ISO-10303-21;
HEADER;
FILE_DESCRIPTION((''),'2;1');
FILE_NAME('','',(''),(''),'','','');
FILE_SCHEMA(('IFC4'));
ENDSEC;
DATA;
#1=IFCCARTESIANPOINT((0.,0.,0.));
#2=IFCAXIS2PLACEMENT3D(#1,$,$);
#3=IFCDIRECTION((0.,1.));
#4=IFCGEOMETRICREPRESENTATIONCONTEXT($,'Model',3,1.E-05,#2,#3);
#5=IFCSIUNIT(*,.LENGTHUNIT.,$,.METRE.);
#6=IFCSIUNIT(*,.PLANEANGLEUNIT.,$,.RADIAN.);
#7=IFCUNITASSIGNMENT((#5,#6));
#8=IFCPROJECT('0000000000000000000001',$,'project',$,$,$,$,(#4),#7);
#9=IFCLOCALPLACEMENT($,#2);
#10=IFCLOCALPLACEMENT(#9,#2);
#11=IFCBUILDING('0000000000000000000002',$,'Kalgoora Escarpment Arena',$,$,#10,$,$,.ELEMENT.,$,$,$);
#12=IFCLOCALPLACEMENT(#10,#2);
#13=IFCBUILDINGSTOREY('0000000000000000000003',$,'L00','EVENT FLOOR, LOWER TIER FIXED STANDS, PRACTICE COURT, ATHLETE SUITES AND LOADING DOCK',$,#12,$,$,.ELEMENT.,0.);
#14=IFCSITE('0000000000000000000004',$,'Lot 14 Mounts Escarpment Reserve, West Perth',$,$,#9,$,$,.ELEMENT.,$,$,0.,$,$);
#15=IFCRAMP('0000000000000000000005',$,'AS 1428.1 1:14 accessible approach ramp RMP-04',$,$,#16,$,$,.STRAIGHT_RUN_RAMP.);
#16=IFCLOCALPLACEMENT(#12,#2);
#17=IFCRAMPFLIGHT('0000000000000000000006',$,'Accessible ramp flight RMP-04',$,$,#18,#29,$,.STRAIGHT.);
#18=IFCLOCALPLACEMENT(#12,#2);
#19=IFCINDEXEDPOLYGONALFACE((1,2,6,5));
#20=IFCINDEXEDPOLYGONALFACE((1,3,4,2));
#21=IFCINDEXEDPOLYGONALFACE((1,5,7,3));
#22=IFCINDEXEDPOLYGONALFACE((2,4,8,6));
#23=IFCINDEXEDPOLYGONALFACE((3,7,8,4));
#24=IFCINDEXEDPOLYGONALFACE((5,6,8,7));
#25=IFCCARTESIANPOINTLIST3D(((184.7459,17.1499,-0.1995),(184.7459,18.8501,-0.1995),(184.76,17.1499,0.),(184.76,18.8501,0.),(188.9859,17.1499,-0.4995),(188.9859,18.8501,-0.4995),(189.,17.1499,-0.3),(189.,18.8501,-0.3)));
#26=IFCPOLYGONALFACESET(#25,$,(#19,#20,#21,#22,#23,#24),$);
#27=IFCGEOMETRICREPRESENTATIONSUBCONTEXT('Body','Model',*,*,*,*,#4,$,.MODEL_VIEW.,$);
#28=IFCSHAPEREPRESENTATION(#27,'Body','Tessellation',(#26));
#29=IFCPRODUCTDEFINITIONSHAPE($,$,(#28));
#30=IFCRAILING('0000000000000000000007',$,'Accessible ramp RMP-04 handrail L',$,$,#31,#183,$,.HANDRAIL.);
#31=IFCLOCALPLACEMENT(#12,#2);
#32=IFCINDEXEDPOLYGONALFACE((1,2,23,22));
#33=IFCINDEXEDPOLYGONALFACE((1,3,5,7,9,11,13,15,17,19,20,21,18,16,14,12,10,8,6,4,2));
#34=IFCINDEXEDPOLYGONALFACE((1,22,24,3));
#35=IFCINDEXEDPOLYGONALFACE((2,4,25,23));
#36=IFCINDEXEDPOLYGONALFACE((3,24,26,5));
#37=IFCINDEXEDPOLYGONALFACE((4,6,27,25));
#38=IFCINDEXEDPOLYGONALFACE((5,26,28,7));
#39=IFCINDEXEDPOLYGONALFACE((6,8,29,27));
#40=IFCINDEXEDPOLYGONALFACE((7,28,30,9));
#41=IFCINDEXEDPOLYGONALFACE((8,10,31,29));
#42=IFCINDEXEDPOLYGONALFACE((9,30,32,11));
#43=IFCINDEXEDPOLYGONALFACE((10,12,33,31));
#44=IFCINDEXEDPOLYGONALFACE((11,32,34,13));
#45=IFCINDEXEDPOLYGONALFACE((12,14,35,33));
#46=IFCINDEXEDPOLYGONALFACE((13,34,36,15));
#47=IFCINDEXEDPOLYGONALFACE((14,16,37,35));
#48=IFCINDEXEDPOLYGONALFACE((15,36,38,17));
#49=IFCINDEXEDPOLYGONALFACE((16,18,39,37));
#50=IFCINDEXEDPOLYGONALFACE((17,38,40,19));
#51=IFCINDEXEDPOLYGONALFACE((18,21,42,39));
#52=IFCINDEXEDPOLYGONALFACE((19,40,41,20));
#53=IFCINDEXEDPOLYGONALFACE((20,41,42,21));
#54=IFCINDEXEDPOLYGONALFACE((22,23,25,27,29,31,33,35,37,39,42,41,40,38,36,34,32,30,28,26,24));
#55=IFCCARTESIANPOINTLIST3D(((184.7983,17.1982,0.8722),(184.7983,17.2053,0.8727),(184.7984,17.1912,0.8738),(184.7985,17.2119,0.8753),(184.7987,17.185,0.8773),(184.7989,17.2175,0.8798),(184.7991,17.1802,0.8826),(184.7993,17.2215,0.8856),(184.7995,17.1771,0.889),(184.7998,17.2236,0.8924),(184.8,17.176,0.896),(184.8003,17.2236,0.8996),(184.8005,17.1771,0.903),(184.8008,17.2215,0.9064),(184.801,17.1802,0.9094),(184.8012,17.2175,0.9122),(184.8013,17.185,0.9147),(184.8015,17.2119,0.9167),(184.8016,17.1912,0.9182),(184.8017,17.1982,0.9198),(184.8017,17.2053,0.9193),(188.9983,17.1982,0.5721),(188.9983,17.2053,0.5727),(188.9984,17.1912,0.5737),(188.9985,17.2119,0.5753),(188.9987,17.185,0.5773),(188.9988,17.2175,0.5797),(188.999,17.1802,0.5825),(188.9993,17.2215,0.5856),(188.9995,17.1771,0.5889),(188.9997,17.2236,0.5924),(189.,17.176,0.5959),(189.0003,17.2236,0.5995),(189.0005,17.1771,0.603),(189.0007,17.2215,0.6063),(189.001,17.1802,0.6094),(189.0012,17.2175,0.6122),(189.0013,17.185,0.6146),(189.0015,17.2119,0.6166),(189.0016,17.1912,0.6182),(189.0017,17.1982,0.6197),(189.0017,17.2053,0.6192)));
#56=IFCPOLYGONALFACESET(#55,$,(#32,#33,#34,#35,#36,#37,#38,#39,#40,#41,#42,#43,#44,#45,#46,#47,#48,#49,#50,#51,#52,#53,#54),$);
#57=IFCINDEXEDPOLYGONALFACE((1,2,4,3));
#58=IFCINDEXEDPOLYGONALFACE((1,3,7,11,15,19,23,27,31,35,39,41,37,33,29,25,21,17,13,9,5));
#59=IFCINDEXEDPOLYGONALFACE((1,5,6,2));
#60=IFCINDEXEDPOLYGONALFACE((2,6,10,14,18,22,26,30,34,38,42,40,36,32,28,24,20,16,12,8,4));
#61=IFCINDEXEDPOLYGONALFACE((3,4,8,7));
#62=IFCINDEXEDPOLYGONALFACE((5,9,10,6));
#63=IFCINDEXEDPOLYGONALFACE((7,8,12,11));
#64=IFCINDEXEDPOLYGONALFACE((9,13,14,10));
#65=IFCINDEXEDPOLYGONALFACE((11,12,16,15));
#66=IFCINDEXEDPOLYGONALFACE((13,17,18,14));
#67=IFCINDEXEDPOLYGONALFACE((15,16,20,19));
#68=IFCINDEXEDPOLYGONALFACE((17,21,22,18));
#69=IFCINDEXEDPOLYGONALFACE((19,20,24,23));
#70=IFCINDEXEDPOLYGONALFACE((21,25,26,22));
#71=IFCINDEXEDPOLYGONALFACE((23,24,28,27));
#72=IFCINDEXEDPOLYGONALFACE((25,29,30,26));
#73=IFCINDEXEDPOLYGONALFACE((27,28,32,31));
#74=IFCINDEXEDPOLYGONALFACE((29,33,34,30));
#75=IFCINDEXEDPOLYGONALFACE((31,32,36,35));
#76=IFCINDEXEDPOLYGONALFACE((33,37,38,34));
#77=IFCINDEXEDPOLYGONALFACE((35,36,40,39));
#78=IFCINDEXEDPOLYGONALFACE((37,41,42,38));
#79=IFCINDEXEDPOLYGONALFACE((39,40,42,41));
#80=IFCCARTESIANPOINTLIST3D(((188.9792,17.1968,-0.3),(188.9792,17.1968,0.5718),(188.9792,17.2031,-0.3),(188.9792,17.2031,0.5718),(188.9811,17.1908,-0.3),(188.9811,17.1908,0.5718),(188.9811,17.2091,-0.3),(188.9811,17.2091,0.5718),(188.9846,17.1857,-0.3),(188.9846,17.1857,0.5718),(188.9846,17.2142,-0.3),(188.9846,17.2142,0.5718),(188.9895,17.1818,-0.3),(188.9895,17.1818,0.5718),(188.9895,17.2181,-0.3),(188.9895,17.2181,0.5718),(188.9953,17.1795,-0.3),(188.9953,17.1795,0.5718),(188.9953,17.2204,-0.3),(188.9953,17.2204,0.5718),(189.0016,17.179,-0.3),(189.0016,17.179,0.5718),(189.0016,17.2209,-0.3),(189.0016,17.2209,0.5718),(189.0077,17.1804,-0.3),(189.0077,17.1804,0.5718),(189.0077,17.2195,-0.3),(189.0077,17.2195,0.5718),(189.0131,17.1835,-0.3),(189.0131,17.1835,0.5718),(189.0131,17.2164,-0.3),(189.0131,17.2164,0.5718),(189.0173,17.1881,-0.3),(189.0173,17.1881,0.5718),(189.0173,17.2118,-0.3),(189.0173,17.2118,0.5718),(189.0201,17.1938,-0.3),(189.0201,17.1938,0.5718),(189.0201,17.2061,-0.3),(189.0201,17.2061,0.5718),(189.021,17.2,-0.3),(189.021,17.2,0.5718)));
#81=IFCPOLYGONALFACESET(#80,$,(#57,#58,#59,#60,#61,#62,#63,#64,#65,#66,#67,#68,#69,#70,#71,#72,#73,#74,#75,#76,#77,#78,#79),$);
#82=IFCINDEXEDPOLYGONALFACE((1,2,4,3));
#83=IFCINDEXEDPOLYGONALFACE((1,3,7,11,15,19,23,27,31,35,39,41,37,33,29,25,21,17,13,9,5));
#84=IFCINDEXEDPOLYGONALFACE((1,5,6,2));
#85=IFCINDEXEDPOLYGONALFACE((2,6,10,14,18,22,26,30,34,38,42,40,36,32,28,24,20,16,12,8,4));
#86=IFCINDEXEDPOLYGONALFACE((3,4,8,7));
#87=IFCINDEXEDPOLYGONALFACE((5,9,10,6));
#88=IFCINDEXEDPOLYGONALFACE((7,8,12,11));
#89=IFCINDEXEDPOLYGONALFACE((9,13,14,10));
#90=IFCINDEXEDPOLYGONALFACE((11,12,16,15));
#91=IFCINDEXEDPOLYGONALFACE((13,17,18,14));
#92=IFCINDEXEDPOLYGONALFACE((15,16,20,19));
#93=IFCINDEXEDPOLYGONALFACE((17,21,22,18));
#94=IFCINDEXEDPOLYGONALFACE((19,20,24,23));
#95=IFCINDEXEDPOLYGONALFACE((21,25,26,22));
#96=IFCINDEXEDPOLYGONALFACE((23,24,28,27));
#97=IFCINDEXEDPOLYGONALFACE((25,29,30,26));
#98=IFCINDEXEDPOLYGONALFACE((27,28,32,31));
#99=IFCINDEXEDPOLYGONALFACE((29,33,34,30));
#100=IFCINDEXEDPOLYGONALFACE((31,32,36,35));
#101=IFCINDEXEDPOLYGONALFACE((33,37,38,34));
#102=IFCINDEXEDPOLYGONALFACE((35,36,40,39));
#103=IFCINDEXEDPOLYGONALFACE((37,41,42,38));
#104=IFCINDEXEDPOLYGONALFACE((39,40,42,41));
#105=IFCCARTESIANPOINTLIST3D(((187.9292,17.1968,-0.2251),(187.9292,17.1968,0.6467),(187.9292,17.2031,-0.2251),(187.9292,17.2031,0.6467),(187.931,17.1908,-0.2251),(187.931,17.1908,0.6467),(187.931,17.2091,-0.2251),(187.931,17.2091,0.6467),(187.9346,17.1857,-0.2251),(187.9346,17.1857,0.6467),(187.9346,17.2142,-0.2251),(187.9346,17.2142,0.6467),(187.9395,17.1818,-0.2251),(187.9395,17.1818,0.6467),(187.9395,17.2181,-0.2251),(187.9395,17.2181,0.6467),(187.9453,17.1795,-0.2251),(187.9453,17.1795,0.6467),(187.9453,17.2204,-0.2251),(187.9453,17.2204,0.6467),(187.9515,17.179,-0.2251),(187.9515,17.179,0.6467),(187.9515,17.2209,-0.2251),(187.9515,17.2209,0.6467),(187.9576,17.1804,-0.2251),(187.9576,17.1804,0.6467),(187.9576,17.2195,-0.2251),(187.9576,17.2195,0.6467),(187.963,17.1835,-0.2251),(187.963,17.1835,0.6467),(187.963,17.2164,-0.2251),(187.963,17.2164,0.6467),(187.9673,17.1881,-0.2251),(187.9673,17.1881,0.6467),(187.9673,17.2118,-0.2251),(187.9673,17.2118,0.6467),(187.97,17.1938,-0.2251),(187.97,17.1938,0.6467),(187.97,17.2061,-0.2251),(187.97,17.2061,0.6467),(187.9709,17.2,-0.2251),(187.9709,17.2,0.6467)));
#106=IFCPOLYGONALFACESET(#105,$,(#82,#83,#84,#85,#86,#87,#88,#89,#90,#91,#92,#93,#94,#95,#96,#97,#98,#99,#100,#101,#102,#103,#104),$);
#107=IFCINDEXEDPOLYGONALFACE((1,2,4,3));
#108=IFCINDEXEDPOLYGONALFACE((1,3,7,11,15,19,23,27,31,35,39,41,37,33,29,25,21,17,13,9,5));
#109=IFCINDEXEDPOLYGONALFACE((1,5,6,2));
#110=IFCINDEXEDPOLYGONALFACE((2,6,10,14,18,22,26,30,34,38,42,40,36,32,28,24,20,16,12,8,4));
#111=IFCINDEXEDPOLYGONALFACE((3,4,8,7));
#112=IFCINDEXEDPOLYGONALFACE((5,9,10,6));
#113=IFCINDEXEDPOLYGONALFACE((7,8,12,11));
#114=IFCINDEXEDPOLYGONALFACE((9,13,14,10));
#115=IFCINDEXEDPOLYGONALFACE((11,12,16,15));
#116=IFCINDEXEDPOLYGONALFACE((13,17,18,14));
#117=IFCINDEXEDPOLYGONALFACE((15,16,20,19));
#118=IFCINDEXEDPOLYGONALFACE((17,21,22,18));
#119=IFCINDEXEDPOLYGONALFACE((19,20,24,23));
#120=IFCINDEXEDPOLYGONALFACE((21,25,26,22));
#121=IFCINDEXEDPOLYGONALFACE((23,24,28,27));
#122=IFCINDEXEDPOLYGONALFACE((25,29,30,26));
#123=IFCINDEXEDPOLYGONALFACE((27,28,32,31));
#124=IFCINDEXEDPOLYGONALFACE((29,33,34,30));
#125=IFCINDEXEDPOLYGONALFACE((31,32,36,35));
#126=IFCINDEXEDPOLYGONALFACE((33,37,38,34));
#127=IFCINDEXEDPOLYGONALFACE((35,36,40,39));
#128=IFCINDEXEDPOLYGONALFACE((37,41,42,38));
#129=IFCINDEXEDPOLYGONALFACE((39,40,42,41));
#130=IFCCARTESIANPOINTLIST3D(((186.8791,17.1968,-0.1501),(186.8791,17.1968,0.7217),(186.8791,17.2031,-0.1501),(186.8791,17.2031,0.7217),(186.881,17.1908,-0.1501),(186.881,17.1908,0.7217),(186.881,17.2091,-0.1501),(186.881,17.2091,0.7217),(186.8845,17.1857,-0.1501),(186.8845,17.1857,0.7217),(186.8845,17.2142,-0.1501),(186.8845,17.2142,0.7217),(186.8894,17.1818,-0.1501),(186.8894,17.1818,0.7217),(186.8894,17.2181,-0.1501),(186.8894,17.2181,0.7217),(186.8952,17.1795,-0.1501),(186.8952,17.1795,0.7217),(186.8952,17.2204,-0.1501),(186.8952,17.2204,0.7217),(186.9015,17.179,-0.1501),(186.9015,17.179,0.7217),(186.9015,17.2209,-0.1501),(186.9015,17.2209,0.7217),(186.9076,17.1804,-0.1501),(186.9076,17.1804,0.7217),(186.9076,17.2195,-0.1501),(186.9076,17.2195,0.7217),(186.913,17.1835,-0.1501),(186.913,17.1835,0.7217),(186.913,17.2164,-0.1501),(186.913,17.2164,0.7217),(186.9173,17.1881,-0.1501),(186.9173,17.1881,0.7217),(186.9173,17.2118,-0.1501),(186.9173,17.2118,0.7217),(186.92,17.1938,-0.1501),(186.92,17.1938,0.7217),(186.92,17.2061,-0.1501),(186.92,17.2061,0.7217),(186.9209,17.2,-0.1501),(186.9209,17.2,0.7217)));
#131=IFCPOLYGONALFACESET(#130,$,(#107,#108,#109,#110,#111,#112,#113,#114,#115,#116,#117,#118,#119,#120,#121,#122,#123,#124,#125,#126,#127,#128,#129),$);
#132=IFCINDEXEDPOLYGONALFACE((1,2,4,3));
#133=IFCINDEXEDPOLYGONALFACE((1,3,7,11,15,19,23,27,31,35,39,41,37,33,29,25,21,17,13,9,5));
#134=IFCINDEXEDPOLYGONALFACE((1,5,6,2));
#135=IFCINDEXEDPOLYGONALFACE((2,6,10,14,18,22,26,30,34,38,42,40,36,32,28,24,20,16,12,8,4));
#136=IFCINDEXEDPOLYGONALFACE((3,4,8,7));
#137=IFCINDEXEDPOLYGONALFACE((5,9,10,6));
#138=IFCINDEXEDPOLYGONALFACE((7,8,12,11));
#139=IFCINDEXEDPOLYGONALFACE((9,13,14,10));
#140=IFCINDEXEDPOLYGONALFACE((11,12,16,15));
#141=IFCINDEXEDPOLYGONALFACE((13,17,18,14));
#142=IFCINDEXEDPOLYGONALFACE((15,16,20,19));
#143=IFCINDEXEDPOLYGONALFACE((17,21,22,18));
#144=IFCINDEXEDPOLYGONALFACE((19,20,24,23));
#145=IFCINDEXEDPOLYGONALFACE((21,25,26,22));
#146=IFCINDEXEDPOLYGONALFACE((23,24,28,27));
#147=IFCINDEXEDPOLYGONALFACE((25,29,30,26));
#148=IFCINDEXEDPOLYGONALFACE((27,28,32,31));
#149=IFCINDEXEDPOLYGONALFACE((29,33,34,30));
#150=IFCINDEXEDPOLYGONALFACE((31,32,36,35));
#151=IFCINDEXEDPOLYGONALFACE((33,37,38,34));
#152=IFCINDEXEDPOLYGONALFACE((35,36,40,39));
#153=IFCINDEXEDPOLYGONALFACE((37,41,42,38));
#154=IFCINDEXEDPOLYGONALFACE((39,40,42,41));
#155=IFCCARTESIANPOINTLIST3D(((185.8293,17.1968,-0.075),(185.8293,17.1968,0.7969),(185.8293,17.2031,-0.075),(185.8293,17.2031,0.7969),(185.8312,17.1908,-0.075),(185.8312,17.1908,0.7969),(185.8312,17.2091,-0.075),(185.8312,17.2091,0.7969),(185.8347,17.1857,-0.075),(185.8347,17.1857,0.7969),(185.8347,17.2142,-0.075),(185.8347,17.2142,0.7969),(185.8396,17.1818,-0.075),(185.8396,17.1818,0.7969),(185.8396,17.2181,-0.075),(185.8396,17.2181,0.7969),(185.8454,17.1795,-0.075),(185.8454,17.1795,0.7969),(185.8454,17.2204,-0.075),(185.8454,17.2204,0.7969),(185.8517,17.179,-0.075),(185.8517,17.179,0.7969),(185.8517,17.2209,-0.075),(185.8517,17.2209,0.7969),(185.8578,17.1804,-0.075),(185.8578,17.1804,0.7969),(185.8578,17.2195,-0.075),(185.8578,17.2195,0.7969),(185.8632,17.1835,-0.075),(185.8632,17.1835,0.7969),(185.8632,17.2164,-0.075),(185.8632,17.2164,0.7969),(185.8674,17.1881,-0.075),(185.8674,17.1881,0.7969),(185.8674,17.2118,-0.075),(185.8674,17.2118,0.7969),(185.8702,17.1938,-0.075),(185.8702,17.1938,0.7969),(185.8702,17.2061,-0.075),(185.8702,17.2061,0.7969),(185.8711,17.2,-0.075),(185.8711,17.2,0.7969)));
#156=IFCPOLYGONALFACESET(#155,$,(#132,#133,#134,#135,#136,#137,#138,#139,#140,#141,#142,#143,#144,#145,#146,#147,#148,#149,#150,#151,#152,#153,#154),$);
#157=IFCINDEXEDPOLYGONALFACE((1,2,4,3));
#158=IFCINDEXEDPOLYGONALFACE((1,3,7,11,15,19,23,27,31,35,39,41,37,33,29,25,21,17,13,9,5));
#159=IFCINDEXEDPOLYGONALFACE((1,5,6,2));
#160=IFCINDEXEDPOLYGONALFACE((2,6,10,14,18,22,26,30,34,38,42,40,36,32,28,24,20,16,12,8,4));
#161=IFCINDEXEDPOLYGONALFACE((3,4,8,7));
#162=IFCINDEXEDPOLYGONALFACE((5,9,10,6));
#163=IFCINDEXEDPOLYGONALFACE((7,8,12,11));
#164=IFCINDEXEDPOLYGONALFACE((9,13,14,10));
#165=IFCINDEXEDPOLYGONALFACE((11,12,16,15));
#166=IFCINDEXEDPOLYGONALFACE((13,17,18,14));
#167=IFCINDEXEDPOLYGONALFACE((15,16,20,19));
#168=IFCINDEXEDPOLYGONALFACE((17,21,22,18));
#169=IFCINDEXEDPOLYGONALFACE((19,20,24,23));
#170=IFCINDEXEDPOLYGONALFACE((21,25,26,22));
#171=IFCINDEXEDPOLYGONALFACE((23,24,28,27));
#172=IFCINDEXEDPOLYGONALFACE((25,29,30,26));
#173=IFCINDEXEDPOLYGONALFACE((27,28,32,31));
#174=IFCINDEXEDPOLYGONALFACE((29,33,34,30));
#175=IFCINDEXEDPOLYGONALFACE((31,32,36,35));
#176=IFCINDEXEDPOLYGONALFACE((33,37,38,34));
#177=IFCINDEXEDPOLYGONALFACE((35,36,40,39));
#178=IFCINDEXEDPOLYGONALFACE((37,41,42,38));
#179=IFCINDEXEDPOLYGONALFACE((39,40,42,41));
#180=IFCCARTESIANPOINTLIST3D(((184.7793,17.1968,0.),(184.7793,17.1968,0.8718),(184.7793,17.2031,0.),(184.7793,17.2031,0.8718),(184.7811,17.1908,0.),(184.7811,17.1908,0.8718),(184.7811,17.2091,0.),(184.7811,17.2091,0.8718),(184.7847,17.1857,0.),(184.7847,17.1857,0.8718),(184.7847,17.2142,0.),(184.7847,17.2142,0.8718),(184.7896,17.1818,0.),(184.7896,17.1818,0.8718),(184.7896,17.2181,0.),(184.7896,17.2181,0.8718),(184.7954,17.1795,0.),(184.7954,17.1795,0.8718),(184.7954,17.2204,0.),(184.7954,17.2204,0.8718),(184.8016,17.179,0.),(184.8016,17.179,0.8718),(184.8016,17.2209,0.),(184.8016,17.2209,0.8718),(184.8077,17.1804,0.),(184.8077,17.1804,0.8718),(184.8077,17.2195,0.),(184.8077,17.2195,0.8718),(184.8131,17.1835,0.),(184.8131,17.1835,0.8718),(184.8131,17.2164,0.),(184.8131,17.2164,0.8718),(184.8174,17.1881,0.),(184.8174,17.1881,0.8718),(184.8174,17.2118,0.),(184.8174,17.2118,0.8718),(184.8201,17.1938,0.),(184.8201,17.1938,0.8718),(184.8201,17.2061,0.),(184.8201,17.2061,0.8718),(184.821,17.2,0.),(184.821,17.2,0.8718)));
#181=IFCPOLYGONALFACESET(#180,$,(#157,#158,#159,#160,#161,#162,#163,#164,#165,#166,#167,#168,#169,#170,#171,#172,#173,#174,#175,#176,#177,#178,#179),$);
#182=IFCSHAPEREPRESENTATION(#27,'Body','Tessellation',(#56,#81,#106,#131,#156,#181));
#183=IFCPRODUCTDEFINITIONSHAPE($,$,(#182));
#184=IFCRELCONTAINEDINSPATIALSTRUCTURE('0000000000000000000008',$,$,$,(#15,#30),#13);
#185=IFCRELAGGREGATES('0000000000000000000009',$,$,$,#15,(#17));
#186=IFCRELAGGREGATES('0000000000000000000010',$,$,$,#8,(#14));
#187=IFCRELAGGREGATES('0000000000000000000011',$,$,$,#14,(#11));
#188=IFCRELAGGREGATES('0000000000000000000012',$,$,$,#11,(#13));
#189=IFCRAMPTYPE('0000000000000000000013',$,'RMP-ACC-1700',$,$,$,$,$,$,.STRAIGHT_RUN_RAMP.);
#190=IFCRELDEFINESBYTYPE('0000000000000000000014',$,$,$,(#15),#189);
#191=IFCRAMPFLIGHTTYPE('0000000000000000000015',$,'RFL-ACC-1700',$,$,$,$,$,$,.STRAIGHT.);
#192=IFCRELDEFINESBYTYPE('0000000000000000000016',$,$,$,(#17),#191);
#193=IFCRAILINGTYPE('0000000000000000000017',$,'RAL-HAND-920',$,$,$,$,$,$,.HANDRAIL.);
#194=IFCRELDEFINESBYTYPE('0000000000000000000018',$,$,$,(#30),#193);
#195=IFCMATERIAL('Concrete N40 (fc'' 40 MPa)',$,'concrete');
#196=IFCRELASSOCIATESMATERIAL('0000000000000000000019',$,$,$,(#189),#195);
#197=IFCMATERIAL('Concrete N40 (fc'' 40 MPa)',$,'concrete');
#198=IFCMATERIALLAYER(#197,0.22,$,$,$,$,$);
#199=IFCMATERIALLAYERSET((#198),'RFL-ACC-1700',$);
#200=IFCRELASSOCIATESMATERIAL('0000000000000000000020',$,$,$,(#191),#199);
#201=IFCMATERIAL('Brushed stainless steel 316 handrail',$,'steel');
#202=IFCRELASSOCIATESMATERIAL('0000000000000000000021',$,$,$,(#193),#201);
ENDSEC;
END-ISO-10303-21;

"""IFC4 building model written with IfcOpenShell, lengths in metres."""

from ifc_helpers import new_model, si_unit, direction, frame, origin, origin_2d, place, context, subcontext, project, spatial, polyline, circle, outline, extrude, material, layer, layer_set, type_object, element, aggregate, save


model = new_model("IFC4")

# Units and contexts
model_context = context("Model", 3, precision=1e-05, world=origin(), true_north=direction((0.0, 1.0)))
body_context = subcontext(model_context, "Body", "Model", "MODEL_VIEW")
ifc_project = project(units=[si_unit("LENGTHUNIT", "METRE"), si_unit("PLANEANGLEUNIT", "RADIAN")], contexts=[model_context])

# Site, building, storey
site_placement = place(None, origin())
site = spatial("IfcSite", under=ifc_project, at=site_placement, Name="Lot 14 Mounts Escarpment Reserve, West Perth", CompositionType="ELEMENT", RefElevation=0.0)
building_placement = place(site_placement, origin())
building = spatial("IfcBuilding", under=site, at=building_placement, Name="Kalgoora Escarpment Arena", CompositionType="ELEMENT")
storey_placement = place(building_placement, origin())
storey = spatial("IfcBuildingStorey", under=building, at=storey_placement, Name="L00", Description="EVENT FLOOR, LOWER TIER FIXED STANDS, PRACTICE COURT, ATHLETE SUITES AND LOADING DOCK", CompositionType="ELEMENT", Elevation=0.0)

# Ramp, ramp flight
ifc_material_1 = material(Name="Concrete N40 (fc' 40 MPa)", Category="concrete")
ramp_type = type_object("IfcRampType", Name="RMP-ACC-1700", PredefinedType="STRAIGHT_RUN_RAMP", material=ifc_material_1)
ramp_placement = place(storey_placement, origin())
ramp = element("IfcRamp", 1, at=ramp_placement, inside=storey, type_object=ramp_type, Name="AS 1428.1 1:14 accessible approach ramp RMP-04", PredefinedType="STRAIGHT_RUN_RAMP")
ifc_material_2 = material(Name="Concrete N40 (fc' 40 MPa)", Category="concrete")
ifc_layer_1 = layer(ifc_material_2, 0.22)
ifc_layer_set_1 = layer_set([ifc_layer_1], Name="RFL-ACC-1700")
ramp_flight_type = type_object("IfcRampFlightType", Name="RFL-ACC-1700", PredefinedType="STRAIGHT", material=ifc_layer_set_1)
ramp_flight_placement = place(storey_placement, frame((184.76, 17.1499, 0.0), z_axis=(0.07059, 0.0, 0.997505), x_axis=(0.997505, 0.0, -0.07059)))
ramp_flight = element("IfcRampFlight", 2, at=ramp_flight_placement, type_object=ramp_flight_type, Name="Accessible ramp flight RMP-04", PredefinedType="STRAIGHT", context=body_context, shape_type="SweptSolid", body=[
    extrude(outline(polyline([(0.0, 0.0), (4.2506, 0.0), (4.2506, 1.7002), (0.0, 1.7002), (0.0, 0.0)])), origin(), (0.0, 0.0, -1.0), 0.2),
])
aggregate(ramp, [ramp_flight])

# Railing
ifc_material_3 = material(Name="Brushed stainless steel 316 handrail", Category="steel")
railing_type = type_object("IfcRailingType", Name="RAL-HAND-920", PredefinedType="HANDRAIL", material=ifc_material_3)
for number, where, name in (
    (3, (189.0, 17.2, -0.3), "Accessible ramp RMP-04 handrail L"),
):
    element("IfcRailing", number, at=place(storey_placement, frame(where)), inside=storey, type_object=railing_type, Name=name, PredefinedType="HANDRAIL", context=body_context, shape_type="SweptSolid", body=[
        extrude(circle(Radius=0.0239, at=origin_2d()), frame((0.0, 0.0, 0.896), z_axis=(-0.997458, 0.0, 0.071259), x_axis=(0.0, -1.0, 0.0)), (0.0, 0.0, 1.0), 4.2107),
        extrude(circle(Radius=0.021, at=origin_2d()), origin(), (0.0, 0.0, 1.0), 0.8718),
        extrude(circle(Radius=0.021, at=origin_2d()), frame((-1.05, 0.0, 0.075)), (0.0, 0.0, 1.0), 0.8718),
        extrude(circle(Radius=0.021, at=origin_2d()), frame((-2.1001, 0.0, 0.1499)), (0.0, 0.0, 1.0), 0.8718),
        extrude(circle(Radius=0.021, at=origin_2d()), frame((-3.1499, 0.0, 0.2251)), (0.0, 0.0, 1.0), 0.8718),
        extrude(circle(Radius=0.021, at=origin_2d()), frame((-4.2, 0.0, 0.3)), (0.0, 0.0, 1.0), 0.8718),
    ])

save(model, "model.ifc")
